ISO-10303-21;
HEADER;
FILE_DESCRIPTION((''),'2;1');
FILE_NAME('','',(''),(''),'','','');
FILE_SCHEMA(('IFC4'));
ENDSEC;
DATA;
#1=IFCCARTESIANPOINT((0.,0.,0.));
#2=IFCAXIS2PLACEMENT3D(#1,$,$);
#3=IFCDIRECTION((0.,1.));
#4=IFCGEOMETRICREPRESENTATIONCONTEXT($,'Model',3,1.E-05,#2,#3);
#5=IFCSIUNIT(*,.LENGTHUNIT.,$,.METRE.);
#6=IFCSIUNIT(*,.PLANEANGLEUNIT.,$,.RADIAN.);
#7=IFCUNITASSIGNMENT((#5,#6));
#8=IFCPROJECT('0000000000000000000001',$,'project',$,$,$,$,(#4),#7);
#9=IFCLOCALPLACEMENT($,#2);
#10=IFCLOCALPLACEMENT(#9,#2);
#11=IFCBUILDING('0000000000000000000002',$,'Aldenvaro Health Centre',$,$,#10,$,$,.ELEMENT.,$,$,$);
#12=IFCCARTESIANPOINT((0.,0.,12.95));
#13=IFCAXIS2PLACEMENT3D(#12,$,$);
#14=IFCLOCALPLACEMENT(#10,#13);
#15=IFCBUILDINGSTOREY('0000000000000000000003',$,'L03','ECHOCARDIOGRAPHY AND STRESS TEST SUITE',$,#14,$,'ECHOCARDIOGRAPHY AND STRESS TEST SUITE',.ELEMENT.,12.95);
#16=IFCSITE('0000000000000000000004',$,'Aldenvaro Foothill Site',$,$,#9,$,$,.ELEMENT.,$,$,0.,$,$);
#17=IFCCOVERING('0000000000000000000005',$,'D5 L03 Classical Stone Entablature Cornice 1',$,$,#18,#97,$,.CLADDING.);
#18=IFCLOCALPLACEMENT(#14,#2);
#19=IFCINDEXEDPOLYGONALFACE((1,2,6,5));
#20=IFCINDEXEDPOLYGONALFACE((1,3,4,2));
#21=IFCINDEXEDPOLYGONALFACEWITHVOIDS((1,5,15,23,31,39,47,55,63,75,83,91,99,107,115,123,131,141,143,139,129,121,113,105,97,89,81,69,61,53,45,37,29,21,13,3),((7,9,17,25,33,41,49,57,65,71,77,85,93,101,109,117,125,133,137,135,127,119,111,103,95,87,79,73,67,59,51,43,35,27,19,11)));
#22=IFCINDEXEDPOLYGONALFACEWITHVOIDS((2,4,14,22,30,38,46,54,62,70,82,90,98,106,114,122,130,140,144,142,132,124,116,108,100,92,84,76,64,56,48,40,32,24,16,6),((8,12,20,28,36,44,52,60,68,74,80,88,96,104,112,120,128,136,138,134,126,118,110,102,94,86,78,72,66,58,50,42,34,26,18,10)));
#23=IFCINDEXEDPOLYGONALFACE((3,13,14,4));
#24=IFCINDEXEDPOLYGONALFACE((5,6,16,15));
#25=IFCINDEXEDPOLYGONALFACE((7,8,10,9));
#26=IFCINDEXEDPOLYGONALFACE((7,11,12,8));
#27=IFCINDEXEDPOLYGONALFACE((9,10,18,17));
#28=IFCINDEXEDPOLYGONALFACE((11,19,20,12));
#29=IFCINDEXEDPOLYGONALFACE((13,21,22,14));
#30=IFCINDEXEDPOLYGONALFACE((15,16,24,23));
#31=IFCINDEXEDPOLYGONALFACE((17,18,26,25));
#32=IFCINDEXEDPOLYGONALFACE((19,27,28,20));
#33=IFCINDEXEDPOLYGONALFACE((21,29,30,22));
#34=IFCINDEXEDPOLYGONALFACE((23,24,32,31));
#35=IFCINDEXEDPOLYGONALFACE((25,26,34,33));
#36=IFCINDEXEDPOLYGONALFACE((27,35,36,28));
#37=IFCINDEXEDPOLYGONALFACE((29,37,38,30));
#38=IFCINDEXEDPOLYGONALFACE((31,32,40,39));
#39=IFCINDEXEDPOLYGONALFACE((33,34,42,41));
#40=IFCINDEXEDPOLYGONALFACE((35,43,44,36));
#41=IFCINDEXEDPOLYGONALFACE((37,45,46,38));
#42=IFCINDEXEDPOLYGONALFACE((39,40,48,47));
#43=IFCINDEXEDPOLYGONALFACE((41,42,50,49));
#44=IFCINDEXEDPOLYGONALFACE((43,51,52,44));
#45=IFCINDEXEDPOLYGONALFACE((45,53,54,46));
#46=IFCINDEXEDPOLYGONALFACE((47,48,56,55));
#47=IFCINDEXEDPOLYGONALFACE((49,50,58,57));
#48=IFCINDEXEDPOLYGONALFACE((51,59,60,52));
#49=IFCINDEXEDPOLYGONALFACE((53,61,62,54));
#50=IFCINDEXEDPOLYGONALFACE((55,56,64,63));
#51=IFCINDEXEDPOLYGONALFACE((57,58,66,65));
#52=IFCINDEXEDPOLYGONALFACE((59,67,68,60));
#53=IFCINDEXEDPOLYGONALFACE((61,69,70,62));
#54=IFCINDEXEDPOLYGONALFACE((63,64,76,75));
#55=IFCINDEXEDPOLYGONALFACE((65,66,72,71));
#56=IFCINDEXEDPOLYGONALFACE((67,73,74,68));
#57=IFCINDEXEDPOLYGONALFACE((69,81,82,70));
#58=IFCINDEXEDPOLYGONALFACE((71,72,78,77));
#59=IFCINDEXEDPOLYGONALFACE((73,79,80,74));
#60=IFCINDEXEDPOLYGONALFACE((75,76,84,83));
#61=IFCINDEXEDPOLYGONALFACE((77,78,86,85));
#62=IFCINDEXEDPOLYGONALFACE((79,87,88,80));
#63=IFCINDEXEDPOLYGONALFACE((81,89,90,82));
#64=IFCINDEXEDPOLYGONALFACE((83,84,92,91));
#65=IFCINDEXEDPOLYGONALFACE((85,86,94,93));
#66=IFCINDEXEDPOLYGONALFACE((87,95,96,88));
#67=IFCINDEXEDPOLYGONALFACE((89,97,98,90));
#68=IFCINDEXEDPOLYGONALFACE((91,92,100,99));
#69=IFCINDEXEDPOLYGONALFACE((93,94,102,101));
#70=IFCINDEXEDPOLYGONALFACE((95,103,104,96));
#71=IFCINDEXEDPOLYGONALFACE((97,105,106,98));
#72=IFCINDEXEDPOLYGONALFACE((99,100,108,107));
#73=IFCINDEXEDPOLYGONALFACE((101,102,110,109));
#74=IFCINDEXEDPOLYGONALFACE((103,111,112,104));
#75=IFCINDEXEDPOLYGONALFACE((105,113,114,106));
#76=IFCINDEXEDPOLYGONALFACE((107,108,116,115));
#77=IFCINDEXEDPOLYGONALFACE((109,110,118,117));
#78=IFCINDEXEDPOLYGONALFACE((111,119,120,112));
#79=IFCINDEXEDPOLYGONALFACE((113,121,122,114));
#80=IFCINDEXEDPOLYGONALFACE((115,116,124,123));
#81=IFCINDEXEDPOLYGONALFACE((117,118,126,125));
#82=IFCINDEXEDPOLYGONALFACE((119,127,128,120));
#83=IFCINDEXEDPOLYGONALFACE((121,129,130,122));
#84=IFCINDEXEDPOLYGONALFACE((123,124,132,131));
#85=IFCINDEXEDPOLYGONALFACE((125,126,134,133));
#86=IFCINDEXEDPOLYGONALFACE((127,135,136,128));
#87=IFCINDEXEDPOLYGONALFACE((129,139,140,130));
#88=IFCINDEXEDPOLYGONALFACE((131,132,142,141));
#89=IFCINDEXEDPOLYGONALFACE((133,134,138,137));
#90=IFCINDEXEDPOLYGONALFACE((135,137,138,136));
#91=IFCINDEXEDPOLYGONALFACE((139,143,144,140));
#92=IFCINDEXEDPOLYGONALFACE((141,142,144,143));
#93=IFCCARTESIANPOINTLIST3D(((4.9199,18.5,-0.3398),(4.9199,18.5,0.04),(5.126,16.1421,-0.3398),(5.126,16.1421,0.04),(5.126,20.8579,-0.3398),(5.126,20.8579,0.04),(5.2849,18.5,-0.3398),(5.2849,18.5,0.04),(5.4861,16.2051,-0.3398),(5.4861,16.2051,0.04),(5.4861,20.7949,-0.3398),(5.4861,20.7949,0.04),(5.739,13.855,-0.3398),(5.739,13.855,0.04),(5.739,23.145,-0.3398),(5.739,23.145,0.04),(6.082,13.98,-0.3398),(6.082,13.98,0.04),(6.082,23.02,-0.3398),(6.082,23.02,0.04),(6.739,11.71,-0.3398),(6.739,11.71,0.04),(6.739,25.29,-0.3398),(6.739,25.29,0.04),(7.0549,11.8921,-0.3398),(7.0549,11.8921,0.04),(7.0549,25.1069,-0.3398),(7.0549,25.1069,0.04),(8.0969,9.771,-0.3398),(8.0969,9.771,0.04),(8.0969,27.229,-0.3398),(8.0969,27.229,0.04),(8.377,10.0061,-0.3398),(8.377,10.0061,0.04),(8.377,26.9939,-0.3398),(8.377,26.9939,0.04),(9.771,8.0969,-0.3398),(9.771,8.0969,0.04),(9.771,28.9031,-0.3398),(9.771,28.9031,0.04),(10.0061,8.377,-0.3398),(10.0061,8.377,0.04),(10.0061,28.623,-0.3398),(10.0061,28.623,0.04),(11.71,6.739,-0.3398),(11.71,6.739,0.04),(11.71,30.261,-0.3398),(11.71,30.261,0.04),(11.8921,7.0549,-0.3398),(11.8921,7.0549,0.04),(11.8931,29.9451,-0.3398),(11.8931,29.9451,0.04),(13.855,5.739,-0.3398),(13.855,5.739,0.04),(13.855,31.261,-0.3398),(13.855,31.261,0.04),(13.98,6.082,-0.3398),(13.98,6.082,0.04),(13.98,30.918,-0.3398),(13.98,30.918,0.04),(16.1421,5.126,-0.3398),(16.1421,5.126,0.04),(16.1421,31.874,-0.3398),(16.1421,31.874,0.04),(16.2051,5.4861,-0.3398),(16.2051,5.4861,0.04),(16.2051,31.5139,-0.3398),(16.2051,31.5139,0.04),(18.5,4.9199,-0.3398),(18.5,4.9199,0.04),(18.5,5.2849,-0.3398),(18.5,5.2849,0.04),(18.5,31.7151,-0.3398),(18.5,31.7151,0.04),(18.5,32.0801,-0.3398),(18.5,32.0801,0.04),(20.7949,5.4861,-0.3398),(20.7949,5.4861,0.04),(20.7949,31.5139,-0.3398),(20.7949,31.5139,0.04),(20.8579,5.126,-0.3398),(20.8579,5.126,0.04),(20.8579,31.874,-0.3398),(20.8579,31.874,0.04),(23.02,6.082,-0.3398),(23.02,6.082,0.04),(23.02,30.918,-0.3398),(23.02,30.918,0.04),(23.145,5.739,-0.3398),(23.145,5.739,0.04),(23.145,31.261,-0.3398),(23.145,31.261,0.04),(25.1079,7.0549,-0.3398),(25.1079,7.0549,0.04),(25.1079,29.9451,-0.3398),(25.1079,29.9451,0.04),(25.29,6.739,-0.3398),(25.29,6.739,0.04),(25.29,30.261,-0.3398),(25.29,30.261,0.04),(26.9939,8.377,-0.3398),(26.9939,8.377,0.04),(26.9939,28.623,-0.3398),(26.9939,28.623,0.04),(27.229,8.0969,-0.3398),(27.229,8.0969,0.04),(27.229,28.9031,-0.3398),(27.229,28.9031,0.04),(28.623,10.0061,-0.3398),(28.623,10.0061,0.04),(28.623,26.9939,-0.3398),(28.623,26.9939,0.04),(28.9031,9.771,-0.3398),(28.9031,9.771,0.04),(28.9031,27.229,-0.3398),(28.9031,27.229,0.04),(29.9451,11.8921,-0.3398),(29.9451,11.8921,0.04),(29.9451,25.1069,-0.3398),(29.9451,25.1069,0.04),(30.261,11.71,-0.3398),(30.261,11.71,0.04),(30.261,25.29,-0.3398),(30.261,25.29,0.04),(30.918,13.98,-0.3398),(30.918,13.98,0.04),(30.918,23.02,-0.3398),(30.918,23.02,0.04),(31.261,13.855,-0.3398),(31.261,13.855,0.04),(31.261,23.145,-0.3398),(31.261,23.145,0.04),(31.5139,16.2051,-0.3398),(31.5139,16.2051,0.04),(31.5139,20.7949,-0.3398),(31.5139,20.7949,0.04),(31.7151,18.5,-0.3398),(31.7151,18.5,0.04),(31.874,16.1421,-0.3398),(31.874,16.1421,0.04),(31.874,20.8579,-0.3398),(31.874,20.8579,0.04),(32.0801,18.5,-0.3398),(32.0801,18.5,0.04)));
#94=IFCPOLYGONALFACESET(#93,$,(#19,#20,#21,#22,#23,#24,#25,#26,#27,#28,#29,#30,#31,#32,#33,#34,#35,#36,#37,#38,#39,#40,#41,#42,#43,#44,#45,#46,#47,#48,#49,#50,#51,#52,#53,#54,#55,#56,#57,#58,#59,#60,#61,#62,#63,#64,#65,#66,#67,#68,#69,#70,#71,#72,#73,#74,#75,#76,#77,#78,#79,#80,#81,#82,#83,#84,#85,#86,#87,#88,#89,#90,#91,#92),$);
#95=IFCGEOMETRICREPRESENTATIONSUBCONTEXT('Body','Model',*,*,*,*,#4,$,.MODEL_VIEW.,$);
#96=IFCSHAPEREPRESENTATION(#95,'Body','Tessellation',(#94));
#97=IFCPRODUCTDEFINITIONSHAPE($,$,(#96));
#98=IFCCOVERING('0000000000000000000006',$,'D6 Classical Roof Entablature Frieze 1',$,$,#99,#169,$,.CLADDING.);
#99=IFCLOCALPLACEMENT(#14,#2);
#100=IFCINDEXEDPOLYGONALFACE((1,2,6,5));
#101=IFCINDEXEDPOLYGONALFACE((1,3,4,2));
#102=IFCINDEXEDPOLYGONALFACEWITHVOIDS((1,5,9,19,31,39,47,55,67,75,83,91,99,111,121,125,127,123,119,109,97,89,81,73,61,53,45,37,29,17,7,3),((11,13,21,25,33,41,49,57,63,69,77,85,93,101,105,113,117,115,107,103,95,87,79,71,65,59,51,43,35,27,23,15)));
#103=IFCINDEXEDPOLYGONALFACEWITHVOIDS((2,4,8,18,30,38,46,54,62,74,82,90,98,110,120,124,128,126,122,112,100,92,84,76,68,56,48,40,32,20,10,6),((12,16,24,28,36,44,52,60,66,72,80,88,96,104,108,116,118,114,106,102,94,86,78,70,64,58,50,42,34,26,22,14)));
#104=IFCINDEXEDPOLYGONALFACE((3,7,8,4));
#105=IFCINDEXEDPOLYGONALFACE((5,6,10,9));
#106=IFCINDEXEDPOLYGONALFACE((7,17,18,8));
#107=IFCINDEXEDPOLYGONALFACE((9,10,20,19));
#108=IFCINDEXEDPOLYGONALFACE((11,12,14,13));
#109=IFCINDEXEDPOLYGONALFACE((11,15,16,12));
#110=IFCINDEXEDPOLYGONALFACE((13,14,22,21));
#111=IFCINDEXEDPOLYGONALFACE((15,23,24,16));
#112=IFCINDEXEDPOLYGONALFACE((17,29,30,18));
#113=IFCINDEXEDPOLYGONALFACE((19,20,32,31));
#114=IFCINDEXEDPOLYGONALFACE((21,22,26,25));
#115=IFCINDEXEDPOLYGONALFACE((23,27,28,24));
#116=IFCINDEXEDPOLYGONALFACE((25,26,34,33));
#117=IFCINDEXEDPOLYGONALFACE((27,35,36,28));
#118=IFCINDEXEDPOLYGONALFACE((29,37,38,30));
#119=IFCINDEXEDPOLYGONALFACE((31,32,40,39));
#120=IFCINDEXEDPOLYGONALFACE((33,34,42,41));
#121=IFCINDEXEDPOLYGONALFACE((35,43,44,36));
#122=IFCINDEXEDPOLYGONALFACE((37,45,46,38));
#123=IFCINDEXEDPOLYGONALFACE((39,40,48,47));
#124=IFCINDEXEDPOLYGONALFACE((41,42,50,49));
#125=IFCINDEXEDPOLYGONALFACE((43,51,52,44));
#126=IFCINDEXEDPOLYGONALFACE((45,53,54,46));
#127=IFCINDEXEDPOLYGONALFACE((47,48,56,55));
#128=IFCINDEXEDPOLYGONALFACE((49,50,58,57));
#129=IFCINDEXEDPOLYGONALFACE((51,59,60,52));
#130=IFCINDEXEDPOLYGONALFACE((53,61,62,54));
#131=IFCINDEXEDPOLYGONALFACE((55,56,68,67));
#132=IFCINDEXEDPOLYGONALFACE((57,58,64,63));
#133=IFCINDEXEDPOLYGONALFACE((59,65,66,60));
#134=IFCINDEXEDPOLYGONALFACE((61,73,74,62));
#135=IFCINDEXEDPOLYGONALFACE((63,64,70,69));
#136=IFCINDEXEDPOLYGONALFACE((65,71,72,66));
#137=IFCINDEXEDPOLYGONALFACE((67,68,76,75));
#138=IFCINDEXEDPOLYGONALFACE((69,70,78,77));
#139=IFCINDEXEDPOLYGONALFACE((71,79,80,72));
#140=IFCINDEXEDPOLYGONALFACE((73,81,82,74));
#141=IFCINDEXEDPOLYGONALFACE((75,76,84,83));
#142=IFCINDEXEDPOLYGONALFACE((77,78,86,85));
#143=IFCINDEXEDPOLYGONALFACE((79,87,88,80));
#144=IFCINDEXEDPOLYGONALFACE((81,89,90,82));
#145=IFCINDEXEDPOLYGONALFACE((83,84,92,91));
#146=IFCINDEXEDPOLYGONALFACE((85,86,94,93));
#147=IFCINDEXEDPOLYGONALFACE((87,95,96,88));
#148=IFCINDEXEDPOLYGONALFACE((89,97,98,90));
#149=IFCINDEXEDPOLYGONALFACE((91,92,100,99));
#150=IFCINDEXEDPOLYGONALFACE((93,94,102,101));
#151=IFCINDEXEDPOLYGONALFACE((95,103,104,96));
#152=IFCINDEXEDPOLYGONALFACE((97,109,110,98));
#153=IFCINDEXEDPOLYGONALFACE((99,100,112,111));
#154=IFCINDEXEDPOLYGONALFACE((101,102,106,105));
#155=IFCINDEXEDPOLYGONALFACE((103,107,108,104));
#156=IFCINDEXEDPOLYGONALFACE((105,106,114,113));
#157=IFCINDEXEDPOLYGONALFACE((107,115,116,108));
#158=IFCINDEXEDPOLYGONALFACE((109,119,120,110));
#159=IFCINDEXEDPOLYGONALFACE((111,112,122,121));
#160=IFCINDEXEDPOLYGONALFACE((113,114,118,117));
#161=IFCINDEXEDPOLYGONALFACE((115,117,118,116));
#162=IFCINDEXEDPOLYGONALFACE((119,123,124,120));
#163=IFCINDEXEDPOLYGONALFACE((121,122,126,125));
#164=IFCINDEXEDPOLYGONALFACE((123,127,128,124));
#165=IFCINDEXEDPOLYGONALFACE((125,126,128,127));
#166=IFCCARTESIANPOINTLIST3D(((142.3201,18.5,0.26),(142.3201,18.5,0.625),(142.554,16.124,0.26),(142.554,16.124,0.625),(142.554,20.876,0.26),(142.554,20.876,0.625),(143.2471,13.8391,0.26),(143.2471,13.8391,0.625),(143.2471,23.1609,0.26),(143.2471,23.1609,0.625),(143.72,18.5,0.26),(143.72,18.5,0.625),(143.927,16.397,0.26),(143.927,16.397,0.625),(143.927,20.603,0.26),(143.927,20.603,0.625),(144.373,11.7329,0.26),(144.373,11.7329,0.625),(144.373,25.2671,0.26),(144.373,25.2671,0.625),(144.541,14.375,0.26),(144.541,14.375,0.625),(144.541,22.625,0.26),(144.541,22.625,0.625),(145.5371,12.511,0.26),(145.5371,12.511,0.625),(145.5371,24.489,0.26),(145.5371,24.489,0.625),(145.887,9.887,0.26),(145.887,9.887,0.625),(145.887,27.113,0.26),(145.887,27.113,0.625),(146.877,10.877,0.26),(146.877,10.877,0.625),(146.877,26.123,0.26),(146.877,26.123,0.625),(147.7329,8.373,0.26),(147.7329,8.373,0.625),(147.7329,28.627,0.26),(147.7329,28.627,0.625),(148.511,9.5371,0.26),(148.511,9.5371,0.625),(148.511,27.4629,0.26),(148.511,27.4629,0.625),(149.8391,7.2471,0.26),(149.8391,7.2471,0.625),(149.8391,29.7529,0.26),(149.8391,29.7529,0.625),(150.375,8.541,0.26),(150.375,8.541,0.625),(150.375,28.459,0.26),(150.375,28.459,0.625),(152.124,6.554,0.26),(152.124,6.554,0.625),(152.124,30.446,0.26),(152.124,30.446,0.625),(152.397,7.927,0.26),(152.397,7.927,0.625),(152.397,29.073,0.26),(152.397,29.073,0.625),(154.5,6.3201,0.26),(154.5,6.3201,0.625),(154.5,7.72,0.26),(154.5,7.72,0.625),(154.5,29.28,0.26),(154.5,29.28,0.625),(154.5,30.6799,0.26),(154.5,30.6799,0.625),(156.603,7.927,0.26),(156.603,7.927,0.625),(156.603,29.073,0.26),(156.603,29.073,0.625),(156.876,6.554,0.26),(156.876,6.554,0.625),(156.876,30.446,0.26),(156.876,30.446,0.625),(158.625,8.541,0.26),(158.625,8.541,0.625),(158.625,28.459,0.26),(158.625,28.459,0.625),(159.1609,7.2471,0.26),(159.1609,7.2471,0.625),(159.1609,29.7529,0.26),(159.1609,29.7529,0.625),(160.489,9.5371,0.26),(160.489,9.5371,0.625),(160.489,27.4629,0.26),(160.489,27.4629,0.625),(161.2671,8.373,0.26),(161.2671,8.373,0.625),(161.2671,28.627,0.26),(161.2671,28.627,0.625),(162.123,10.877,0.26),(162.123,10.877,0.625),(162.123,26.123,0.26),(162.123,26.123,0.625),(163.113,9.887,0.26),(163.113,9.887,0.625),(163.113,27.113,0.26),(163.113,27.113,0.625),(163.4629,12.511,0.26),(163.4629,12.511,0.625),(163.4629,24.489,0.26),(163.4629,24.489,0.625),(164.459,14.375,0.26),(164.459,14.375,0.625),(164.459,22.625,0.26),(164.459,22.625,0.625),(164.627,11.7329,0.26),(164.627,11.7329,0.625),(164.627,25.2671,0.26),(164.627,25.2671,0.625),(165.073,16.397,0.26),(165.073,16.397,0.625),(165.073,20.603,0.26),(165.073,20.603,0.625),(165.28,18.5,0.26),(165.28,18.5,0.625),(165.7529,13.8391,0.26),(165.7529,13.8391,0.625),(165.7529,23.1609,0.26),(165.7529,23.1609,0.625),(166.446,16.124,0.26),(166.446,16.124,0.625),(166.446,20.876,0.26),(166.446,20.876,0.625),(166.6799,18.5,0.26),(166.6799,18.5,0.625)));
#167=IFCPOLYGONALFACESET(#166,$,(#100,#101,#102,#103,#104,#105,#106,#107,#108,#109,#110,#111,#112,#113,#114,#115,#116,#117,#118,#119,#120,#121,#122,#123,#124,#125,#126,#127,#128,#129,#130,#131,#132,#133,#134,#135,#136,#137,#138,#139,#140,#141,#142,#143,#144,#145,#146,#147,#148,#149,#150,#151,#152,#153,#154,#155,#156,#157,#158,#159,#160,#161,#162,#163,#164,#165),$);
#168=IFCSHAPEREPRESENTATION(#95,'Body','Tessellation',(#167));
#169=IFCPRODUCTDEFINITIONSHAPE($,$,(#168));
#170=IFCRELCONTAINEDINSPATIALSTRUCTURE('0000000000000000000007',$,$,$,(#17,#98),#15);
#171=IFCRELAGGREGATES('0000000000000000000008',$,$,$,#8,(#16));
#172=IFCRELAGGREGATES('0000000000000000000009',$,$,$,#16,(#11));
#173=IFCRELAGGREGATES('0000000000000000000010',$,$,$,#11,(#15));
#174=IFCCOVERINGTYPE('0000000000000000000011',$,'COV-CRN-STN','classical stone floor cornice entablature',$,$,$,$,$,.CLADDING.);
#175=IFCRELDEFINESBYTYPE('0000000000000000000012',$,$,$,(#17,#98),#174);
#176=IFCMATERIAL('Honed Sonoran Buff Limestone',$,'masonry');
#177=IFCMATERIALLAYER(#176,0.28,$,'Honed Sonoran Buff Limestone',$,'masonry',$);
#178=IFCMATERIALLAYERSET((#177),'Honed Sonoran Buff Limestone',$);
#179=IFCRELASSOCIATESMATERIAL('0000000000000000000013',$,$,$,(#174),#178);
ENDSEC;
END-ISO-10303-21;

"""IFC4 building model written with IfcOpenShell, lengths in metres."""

from ifc_helpers import new_model, si_unit, direction, frame, origin, place, context, subcontext, project, spatial, polyline, outline, extrude, material, layer, layer_set, type_object, element, save


model = new_model("IFC4")

# Units and contexts
model_context = context("Model", 3, precision=1e-05, world=origin(), true_north=direction((0.0, 1.0)))
body_context = subcontext(model_context, "Body", "Model", "MODEL_VIEW")
ifc_project = project(units=[si_unit("LENGTHUNIT", "METRE"), si_unit("PLANEANGLEUNIT", "RADIAN")], contexts=[model_context])

# Site, building, storey
site_placement = place(None, origin())
site = spatial("IfcSite", under=ifc_project, at=site_placement, Name="Aldenvaro Foothill Site", CompositionType="ELEMENT", RefElevation=0.0)
building_placement = place(site_placement, origin())
building = spatial("IfcBuilding", under=site, at=building_placement, Name="Aldenvaro Health Centre", CompositionType="ELEMENT")
storey_placement = place(building_placement, frame((0.0, 0.0, 12.95)))
storey = spatial("IfcBuildingStorey", under=building, at=storey_placement, Name="L03", Description="ECHOCARDIOGRAPHY AND STRESS TEST SUITE", LongName="ECHOCARDIOGRAPHY AND STRESS TEST SUITE", CompositionType="ELEMENT", Elevation=12.95)

# Coverings
ifc_material_1 = material(Name="Honed Sonoran Buff Limestone", Category="masonry")
ifc_layer_1 = layer(ifc_material_1, 0.28, Name="Honed Sonoran Buff Limestone", Category="masonry")
ifc_layer_set_1 = layer_set([ifc_layer_1], Name="Honed Sonoran Buff Limestone")
covering_type_1 = type_object("IfcCoveringType", Name="COV-CRN-STN", Description="classical stone floor cornice entablature", PredefinedType="CLADDING", material=ifc_layer_set_1)
covering_1_placement = place(storey_placement, frame((0.0, 0.0, -0.3398)))
element("IfcCovering", 1, at=covering_1_placement, inside=storey, type_object=covering_type_1, Name="D5 L03 Classical Stone Entablature Cornice 1", PredefinedType="CLADDING", context=body_context, shape_type="SweptSolid", body=[
    extrude(outline(polyline([(32.0801, 18.5), (31.874, 20.8579), (31.261, 23.145), (30.261, 25.29), (28.9031, 27.229), (27.229, 28.9031), (25.29, 30.261), (23.145, 31.261), (20.8579, 31.874), (18.5, 32.0801), (16.1421, 31.874), (13.855, 31.261), (11.71, 30.261), (9.771, 28.9031), (8.0969, 27.229), (6.739, 25.29), (5.739, 23.145), (5.126, 20.8579), (4.9199, 18.5), (5.126, 16.1421), (5.739, 13.855), (6.739, 11.71), (8.0969, 9.771), (9.771, 8.0969), (11.71, 6.739), (13.855, 5.739), (16.1421, 5.126), (18.5, 4.9199), (20.8579, 5.126), (23.145, 5.739), (25.29, 6.739), (27.229, 8.0969), (28.9031, 9.771), (30.261, 11.71), (31.261, 13.855), (31.874, 16.1421), (32.0801, 18.5)]), holes=[polyline([(31.7151, 18.5), (31.5139, 16.2051), (30.918, 13.98), (29.9451, 11.8921), (28.623, 10.0061), (26.9939, 8.377), (25.1079, 7.0549), (23.02, 6.082), (20.7949, 5.4861), (18.5, 5.2849), (16.2051, 5.4861), (13.98, 6.082), (11.8921, 7.0549), (10.0061, 8.377), (8.377, 10.0061), (7.0549, 11.8921), (6.082, 13.98), (5.4861, 16.2051), (5.2849, 18.5), (5.4861, 20.7949), (6.082, 23.02), (7.0549, 25.1069), (8.377, 26.9939), (10.0061, 28.623), (11.8931, 29.9451), (13.98, 30.918), (16.2051, 31.5139), (18.5, 31.7151), (20.7949, 31.5139), (23.02, 30.918), (25.1079, 29.9451), (26.9939, 28.623), (28.623, 26.9939), (29.9451, 25.1069), (30.918, 23.02), (31.5139, 20.7949), (31.7151, 18.5)])]), origin(), (0.0, 0.0, 1.0), 0.3799),
])
covering_2_placement = place(storey_placement, frame((0.0, 0.0, 0.26)))
element("IfcCovering", 2, at=covering_2_placement, inside=storey, type_object=covering_type_1, Name="D6 Classical Roof Entablature Frieze 1", PredefinedType="CLADDING", context=body_context, shape_type="SweptSolid", body=[
    extrude(outline(polyline([(166.6799, 18.5), (166.446, 20.876), (165.7529, 23.1609), (164.627, 25.2671), (163.113, 27.113), (161.2671, 28.627), (159.1609, 29.7529), (156.876, 30.446), (154.5, 30.6799), (152.124, 30.446), (149.8391, 29.7529), (147.7329, 28.627), (145.887, 27.113), (144.373, 25.2671), (143.2471, 23.1609), (142.554, 20.876), (142.3201, 18.5), (142.554, 16.124), (143.2471, 13.8391), (144.373, 11.7329), (145.887, 9.887), (147.7329, 8.373), (149.8391, 7.2471), (152.124, 6.554), (154.5, 6.3201), (156.876, 6.554), (159.1609, 7.2471), (161.2671, 8.373), (163.113, 9.887), (164.627, 11.7329), (165.7529, 13.8391), (166.446, 16.124), (166.6799, 18.5)]), holes=[polyline([(165.28, 18.5), (165.073, 16.397), (164.459, 14.375), (163.4629, 12.511), (162.123, 10.877), (160.489, 9.5371), (158.625, 8.541), (156.603, 7.927), (154.5, 7.72), (152.397, 7.927), (150.375, 8.541), (148.511, 9.5371), (146.877, 10.877), (145.5371, 12.511), (144.541, 14.375), (143.927, 16.397), (143.72, 18.5), (143.927, 20.603), (144.541, 22.625), (145.5371, 24.489), (146.877, 26.123), (148.511, 27.4629), (150.375, 28.459), (152.397, 29.073), (154.5, 29.28), (156.603, 29.073), (158.625, 28.459), (160.489, 27.4629), (162.123, 26.123), (163.4629, 24.489), (164.459, 22.625), (165.073, 20.603), (165.28, 18.5)])]), origin(), (0.0, 0.0, 1.0), 0.365),
])

save(model, "model.ifc")
